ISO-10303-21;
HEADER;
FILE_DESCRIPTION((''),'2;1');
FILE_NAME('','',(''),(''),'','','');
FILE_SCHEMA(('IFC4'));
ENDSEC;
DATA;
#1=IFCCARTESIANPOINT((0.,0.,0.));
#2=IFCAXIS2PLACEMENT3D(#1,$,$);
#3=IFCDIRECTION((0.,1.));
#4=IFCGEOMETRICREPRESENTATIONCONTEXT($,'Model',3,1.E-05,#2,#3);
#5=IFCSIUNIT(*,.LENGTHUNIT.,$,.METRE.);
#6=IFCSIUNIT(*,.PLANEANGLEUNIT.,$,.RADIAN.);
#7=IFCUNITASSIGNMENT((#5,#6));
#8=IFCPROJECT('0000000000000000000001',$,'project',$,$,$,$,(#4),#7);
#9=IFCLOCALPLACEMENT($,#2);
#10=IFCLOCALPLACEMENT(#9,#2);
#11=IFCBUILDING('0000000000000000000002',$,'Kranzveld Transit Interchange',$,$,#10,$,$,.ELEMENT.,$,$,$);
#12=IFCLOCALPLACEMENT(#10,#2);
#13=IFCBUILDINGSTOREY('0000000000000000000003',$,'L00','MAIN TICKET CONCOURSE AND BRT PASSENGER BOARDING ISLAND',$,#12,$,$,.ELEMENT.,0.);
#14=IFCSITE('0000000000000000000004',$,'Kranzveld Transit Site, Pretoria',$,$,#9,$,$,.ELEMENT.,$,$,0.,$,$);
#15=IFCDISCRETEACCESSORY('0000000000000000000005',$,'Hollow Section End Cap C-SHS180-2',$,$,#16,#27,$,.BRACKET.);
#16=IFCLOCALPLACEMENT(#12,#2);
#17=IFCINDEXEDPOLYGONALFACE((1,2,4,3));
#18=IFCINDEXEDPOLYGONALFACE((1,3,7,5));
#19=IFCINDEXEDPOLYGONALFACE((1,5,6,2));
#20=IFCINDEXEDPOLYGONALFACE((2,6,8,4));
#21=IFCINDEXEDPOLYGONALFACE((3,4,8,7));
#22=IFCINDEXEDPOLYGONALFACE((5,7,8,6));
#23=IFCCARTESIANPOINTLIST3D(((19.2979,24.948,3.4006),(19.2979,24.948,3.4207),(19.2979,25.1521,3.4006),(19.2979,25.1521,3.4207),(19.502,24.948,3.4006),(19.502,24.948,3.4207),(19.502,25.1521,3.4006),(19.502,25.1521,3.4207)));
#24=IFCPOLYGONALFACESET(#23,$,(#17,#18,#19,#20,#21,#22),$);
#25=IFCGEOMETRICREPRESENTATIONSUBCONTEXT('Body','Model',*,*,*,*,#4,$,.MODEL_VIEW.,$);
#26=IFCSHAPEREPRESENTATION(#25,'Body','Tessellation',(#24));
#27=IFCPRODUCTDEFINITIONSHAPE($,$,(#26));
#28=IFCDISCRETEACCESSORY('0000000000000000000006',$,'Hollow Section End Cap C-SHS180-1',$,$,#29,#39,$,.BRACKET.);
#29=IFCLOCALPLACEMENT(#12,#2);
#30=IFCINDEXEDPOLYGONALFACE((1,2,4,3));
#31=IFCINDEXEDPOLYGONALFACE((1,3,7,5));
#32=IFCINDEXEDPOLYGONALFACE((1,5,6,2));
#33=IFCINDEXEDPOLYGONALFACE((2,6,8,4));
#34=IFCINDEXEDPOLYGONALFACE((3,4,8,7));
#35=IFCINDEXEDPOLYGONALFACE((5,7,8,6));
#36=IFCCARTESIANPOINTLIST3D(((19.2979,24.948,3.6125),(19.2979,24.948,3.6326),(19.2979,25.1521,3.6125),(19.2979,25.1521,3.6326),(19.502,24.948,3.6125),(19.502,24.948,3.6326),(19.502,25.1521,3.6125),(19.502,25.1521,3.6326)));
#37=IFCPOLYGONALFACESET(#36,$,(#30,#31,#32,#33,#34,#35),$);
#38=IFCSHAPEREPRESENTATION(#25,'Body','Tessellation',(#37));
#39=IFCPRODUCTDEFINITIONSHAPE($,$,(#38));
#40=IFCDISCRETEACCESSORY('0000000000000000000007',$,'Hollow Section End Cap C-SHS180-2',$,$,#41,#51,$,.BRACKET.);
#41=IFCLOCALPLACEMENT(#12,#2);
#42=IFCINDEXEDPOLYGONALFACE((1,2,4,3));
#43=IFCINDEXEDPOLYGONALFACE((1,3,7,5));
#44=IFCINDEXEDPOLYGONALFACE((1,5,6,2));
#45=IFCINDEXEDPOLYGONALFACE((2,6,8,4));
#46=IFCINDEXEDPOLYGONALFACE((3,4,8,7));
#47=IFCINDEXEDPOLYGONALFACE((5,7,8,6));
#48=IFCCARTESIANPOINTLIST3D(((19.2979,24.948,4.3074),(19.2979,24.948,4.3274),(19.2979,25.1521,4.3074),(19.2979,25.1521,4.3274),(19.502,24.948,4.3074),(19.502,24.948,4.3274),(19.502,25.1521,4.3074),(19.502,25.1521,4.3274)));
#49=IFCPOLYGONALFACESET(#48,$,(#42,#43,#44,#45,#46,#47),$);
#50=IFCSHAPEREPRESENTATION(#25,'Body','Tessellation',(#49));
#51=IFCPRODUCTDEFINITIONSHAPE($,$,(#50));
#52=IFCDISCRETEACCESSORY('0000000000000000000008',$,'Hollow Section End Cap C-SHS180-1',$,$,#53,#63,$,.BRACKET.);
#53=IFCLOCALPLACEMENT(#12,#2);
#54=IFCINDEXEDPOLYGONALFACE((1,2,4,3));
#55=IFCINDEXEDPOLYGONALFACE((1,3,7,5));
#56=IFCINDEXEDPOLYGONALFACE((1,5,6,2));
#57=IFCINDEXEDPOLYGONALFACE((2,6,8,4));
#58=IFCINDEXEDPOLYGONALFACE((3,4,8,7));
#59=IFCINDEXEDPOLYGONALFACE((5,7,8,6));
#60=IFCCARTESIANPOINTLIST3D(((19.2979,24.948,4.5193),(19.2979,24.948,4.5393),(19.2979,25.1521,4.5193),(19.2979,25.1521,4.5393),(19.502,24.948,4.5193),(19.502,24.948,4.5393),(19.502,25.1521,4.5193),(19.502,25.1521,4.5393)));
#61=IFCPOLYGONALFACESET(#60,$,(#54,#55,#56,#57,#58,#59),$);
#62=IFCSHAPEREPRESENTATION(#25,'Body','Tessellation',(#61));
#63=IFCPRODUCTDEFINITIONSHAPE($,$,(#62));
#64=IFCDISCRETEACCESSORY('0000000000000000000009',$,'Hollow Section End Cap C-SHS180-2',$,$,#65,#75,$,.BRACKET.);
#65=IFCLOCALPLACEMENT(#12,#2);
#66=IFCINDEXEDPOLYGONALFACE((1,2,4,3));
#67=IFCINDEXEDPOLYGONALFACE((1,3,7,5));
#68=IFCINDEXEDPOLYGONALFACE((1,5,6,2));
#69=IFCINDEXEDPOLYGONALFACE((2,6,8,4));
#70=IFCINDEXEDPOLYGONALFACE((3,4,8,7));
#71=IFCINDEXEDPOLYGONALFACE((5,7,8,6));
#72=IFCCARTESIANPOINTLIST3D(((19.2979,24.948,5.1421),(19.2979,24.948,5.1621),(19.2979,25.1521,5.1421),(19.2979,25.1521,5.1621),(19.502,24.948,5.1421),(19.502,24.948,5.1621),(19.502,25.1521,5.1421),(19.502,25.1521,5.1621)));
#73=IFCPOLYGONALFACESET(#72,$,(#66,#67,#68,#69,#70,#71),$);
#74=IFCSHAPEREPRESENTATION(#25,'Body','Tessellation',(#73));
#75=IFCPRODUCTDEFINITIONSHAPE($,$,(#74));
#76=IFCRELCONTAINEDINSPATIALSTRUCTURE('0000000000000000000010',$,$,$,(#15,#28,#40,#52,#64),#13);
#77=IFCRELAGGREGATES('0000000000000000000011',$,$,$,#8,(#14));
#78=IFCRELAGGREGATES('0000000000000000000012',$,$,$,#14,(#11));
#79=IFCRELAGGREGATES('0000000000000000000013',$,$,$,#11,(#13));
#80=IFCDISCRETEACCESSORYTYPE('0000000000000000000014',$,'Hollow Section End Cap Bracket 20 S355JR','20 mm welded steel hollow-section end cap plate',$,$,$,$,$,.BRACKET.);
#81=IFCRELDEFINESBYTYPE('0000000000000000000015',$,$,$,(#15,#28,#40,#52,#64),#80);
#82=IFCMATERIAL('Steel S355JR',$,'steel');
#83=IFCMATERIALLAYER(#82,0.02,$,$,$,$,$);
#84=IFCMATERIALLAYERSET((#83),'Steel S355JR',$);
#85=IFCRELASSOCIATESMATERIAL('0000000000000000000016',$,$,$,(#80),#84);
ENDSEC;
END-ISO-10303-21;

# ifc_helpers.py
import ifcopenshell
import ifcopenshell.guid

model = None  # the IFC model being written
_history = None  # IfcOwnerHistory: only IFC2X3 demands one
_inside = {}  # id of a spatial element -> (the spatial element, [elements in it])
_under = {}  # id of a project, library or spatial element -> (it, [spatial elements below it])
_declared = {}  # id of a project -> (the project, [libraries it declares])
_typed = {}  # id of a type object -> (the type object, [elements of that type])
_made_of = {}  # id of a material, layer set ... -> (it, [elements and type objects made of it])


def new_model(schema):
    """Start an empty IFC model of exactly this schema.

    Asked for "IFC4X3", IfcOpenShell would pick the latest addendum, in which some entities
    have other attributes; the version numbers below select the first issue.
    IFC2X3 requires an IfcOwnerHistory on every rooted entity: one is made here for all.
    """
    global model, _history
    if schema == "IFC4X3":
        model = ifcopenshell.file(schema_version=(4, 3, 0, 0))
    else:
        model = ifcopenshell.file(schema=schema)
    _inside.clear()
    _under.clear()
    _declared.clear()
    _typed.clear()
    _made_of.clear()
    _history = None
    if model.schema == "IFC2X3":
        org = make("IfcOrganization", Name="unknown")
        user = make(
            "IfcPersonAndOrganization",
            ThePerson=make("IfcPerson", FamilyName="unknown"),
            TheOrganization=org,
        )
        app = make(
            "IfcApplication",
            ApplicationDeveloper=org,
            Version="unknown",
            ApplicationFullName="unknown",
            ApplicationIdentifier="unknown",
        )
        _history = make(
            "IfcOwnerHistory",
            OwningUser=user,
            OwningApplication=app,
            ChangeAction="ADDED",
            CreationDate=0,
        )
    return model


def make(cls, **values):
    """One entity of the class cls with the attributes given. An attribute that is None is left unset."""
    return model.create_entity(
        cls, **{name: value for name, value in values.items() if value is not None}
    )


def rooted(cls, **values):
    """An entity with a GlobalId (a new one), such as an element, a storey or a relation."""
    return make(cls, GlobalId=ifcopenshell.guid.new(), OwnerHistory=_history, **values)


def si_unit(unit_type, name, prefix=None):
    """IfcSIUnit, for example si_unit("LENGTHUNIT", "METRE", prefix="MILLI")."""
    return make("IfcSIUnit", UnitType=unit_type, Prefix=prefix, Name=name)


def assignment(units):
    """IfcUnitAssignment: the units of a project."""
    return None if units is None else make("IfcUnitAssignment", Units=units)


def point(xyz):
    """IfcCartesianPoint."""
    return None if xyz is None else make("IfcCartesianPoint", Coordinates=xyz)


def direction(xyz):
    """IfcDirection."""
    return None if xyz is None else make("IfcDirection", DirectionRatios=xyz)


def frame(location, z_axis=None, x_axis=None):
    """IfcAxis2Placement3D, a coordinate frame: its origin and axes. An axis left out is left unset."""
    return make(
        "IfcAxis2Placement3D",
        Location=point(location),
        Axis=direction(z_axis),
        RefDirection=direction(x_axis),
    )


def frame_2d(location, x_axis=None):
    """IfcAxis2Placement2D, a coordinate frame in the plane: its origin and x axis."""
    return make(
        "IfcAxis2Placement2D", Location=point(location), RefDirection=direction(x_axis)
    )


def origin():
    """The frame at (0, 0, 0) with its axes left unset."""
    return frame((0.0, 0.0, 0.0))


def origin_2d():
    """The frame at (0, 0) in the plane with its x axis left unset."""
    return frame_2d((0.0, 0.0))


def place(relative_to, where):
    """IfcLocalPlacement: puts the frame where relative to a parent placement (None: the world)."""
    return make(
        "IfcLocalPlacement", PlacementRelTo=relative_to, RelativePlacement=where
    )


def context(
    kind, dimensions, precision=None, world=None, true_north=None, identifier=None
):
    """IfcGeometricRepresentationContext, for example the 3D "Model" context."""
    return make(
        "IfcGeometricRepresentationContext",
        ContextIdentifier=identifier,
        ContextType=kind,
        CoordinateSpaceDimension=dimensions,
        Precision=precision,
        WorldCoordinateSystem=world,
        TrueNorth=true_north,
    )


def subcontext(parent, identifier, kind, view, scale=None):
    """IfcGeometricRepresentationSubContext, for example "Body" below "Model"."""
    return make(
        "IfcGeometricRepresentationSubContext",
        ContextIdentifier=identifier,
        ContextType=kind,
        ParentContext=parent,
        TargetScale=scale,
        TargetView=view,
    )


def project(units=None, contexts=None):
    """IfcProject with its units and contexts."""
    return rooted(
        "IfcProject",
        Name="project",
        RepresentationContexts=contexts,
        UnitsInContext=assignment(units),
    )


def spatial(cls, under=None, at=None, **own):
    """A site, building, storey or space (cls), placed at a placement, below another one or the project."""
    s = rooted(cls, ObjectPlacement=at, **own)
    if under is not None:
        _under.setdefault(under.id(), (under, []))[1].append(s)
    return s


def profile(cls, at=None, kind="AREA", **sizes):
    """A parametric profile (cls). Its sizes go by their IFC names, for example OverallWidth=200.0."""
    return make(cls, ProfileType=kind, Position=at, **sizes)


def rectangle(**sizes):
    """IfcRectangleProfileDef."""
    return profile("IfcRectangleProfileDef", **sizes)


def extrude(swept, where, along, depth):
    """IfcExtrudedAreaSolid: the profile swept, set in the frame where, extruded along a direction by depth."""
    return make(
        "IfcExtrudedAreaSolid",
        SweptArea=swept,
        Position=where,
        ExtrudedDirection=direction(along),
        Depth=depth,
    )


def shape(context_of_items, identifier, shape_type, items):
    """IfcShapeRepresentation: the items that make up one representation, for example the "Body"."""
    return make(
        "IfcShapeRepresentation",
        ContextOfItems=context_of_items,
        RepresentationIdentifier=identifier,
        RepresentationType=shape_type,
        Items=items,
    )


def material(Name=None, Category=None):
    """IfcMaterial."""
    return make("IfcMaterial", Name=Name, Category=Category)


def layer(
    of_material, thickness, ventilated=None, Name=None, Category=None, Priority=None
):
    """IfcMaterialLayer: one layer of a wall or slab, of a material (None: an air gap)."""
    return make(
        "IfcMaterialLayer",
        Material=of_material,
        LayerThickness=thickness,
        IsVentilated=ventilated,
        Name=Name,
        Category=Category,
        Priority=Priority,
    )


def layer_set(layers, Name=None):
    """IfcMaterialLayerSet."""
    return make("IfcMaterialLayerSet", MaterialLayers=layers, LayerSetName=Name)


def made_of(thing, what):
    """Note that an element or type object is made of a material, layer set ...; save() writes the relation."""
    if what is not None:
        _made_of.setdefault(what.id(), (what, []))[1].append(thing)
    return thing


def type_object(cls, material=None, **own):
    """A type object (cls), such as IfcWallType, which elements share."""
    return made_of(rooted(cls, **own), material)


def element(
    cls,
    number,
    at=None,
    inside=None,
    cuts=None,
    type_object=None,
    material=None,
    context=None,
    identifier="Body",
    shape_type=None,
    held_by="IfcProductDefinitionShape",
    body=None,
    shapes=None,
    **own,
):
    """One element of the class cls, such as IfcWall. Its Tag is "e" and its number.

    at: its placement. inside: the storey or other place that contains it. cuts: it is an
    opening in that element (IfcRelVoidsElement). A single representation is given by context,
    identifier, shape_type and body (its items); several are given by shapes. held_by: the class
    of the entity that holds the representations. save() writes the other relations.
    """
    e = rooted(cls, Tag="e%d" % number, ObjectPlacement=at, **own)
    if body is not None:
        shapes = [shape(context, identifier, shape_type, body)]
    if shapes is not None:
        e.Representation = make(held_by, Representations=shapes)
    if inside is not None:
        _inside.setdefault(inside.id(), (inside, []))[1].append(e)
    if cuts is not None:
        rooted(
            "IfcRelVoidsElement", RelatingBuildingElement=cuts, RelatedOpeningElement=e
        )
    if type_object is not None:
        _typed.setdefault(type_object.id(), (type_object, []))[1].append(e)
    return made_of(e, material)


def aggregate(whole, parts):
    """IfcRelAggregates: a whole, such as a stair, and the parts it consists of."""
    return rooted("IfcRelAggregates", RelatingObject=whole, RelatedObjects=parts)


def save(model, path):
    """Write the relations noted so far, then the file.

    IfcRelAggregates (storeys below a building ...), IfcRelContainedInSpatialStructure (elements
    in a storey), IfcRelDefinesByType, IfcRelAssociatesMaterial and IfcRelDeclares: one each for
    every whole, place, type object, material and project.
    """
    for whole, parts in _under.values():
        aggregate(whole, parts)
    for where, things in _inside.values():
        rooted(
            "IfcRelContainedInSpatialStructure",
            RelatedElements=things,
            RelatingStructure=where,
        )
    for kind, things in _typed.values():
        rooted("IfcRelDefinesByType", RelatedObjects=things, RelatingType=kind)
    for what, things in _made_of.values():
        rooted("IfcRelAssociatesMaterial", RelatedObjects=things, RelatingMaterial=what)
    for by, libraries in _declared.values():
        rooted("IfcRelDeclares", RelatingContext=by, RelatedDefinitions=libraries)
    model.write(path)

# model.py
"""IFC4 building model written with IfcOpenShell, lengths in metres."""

from ifc_helpers import new_model, si_unit, direction, frame, origin, origin_2d, place, context, subcontext, project, spatial, rectangle, extrude, material, layer, layer_set, type_object, element, save


model = new_model("IFC4")

# Units and contexts
model_context = context("Model", 3, precision=1e-05, world=origin(), true_north=direction((0.0, 1.0)))
body_context = subcontext(model_context, "Body", "Model", "MODEL_VIEW")
ifc_project = project(units=[si_unit("LENGTHUNIT", "METRE"), si_unit("PLANEANGLEUNIT", "RADIAN")], contexts=[model_context])

# Site, building, storey
site_placement = place(None, origin())
site = spatial("IfcSite", under=ifc_project, at=site_placement, Name="Kranzveld Transit Site, Pretoria", CompositionType="ELEMENT", RefElevation=0.0)
building_placement = place(site_placement, origin())
building = spatial("IfcBuilding", under=site, at=building_placement, Name="Kranzveld Transit Interchange", CompositionType="ELEMENT")
storey_placement = place(building_placement, origin())
storey = spatial("IfcBuildingStorey", under=building, at=storey_placement, Name="L00", Description="MAIN TICKET CONCOURSE AND BRT PASSENGER BOARDING ISLAND", CompositionType="ELEMENT", Elevation=0.0)

# Discrete accessories
ifc_material_1 = material(Name="Steel S355JR", Category="steel")
ifc_layer_1 = layer(ifc_material_1, 0.02)
ifc_layer_set_1 = layer_set([ifc_layer_1], Name="Steel S355JR")
discrete_accessory_type = type_object("IfcDiscreteAccessoryType", Name="Hollow Section End Cap Bracket 20 S355JR", Description="20 mm welded steel hollow-section end cap plate", PredefinedType="BRACKET", material=ifc_layer_set_1)
for number, where, z_axis, x_axis, name in (
    (1, (19.3999, 25.05, 3.4006), (0.0, 0.0, 1.0), (1.0, 0.0, 0.0), "Hollow Section End Cap C-SHS180-2"),
    (2, (19.3999, 25.05, 3.6326), (0.0, 0.0, -1.0), (1.0, 0.0, 0.0), "Hollow Section End Cap C-SHS180-1"),
    (3, (19.3999, 25.05, 4.3074), (0.0, 0.0, 1.0), (1.0, 0.0, 0.0), "Hollow Section End Cap C-SHS180-2"),
    (4, (19.3999, 25.05, 4.5393), (0.0, 0.0, -1.0), (1.0, 0.0, 0.0), "Hollow Section End Cap C-SHS180-1"),
    (5, (19.3999, 25.05, 5.1421), (0.0, 0.0, 1.0), (1.0, 0.0, 0.0), "Hollow Section End Cap C-SHS180-2"),
):
    element("IfcDiscreteAccessory", number, at=place(storey_placement, frame(where, z_axis=z_axis, x_axis=x_axis)), inside=storey, type_object=discrete_accessory_type, Name=name, PredefinedType="BRACKET", context=body_context, shape_type="SweptSolid", body=[
        extrude(rectangle(XDim=0.2041, YDim=0.2041, at=origin_2d()), origin(), (0.0, 0.0, 1.0), 0.02),
    ])

save(model, "model.ifc")
